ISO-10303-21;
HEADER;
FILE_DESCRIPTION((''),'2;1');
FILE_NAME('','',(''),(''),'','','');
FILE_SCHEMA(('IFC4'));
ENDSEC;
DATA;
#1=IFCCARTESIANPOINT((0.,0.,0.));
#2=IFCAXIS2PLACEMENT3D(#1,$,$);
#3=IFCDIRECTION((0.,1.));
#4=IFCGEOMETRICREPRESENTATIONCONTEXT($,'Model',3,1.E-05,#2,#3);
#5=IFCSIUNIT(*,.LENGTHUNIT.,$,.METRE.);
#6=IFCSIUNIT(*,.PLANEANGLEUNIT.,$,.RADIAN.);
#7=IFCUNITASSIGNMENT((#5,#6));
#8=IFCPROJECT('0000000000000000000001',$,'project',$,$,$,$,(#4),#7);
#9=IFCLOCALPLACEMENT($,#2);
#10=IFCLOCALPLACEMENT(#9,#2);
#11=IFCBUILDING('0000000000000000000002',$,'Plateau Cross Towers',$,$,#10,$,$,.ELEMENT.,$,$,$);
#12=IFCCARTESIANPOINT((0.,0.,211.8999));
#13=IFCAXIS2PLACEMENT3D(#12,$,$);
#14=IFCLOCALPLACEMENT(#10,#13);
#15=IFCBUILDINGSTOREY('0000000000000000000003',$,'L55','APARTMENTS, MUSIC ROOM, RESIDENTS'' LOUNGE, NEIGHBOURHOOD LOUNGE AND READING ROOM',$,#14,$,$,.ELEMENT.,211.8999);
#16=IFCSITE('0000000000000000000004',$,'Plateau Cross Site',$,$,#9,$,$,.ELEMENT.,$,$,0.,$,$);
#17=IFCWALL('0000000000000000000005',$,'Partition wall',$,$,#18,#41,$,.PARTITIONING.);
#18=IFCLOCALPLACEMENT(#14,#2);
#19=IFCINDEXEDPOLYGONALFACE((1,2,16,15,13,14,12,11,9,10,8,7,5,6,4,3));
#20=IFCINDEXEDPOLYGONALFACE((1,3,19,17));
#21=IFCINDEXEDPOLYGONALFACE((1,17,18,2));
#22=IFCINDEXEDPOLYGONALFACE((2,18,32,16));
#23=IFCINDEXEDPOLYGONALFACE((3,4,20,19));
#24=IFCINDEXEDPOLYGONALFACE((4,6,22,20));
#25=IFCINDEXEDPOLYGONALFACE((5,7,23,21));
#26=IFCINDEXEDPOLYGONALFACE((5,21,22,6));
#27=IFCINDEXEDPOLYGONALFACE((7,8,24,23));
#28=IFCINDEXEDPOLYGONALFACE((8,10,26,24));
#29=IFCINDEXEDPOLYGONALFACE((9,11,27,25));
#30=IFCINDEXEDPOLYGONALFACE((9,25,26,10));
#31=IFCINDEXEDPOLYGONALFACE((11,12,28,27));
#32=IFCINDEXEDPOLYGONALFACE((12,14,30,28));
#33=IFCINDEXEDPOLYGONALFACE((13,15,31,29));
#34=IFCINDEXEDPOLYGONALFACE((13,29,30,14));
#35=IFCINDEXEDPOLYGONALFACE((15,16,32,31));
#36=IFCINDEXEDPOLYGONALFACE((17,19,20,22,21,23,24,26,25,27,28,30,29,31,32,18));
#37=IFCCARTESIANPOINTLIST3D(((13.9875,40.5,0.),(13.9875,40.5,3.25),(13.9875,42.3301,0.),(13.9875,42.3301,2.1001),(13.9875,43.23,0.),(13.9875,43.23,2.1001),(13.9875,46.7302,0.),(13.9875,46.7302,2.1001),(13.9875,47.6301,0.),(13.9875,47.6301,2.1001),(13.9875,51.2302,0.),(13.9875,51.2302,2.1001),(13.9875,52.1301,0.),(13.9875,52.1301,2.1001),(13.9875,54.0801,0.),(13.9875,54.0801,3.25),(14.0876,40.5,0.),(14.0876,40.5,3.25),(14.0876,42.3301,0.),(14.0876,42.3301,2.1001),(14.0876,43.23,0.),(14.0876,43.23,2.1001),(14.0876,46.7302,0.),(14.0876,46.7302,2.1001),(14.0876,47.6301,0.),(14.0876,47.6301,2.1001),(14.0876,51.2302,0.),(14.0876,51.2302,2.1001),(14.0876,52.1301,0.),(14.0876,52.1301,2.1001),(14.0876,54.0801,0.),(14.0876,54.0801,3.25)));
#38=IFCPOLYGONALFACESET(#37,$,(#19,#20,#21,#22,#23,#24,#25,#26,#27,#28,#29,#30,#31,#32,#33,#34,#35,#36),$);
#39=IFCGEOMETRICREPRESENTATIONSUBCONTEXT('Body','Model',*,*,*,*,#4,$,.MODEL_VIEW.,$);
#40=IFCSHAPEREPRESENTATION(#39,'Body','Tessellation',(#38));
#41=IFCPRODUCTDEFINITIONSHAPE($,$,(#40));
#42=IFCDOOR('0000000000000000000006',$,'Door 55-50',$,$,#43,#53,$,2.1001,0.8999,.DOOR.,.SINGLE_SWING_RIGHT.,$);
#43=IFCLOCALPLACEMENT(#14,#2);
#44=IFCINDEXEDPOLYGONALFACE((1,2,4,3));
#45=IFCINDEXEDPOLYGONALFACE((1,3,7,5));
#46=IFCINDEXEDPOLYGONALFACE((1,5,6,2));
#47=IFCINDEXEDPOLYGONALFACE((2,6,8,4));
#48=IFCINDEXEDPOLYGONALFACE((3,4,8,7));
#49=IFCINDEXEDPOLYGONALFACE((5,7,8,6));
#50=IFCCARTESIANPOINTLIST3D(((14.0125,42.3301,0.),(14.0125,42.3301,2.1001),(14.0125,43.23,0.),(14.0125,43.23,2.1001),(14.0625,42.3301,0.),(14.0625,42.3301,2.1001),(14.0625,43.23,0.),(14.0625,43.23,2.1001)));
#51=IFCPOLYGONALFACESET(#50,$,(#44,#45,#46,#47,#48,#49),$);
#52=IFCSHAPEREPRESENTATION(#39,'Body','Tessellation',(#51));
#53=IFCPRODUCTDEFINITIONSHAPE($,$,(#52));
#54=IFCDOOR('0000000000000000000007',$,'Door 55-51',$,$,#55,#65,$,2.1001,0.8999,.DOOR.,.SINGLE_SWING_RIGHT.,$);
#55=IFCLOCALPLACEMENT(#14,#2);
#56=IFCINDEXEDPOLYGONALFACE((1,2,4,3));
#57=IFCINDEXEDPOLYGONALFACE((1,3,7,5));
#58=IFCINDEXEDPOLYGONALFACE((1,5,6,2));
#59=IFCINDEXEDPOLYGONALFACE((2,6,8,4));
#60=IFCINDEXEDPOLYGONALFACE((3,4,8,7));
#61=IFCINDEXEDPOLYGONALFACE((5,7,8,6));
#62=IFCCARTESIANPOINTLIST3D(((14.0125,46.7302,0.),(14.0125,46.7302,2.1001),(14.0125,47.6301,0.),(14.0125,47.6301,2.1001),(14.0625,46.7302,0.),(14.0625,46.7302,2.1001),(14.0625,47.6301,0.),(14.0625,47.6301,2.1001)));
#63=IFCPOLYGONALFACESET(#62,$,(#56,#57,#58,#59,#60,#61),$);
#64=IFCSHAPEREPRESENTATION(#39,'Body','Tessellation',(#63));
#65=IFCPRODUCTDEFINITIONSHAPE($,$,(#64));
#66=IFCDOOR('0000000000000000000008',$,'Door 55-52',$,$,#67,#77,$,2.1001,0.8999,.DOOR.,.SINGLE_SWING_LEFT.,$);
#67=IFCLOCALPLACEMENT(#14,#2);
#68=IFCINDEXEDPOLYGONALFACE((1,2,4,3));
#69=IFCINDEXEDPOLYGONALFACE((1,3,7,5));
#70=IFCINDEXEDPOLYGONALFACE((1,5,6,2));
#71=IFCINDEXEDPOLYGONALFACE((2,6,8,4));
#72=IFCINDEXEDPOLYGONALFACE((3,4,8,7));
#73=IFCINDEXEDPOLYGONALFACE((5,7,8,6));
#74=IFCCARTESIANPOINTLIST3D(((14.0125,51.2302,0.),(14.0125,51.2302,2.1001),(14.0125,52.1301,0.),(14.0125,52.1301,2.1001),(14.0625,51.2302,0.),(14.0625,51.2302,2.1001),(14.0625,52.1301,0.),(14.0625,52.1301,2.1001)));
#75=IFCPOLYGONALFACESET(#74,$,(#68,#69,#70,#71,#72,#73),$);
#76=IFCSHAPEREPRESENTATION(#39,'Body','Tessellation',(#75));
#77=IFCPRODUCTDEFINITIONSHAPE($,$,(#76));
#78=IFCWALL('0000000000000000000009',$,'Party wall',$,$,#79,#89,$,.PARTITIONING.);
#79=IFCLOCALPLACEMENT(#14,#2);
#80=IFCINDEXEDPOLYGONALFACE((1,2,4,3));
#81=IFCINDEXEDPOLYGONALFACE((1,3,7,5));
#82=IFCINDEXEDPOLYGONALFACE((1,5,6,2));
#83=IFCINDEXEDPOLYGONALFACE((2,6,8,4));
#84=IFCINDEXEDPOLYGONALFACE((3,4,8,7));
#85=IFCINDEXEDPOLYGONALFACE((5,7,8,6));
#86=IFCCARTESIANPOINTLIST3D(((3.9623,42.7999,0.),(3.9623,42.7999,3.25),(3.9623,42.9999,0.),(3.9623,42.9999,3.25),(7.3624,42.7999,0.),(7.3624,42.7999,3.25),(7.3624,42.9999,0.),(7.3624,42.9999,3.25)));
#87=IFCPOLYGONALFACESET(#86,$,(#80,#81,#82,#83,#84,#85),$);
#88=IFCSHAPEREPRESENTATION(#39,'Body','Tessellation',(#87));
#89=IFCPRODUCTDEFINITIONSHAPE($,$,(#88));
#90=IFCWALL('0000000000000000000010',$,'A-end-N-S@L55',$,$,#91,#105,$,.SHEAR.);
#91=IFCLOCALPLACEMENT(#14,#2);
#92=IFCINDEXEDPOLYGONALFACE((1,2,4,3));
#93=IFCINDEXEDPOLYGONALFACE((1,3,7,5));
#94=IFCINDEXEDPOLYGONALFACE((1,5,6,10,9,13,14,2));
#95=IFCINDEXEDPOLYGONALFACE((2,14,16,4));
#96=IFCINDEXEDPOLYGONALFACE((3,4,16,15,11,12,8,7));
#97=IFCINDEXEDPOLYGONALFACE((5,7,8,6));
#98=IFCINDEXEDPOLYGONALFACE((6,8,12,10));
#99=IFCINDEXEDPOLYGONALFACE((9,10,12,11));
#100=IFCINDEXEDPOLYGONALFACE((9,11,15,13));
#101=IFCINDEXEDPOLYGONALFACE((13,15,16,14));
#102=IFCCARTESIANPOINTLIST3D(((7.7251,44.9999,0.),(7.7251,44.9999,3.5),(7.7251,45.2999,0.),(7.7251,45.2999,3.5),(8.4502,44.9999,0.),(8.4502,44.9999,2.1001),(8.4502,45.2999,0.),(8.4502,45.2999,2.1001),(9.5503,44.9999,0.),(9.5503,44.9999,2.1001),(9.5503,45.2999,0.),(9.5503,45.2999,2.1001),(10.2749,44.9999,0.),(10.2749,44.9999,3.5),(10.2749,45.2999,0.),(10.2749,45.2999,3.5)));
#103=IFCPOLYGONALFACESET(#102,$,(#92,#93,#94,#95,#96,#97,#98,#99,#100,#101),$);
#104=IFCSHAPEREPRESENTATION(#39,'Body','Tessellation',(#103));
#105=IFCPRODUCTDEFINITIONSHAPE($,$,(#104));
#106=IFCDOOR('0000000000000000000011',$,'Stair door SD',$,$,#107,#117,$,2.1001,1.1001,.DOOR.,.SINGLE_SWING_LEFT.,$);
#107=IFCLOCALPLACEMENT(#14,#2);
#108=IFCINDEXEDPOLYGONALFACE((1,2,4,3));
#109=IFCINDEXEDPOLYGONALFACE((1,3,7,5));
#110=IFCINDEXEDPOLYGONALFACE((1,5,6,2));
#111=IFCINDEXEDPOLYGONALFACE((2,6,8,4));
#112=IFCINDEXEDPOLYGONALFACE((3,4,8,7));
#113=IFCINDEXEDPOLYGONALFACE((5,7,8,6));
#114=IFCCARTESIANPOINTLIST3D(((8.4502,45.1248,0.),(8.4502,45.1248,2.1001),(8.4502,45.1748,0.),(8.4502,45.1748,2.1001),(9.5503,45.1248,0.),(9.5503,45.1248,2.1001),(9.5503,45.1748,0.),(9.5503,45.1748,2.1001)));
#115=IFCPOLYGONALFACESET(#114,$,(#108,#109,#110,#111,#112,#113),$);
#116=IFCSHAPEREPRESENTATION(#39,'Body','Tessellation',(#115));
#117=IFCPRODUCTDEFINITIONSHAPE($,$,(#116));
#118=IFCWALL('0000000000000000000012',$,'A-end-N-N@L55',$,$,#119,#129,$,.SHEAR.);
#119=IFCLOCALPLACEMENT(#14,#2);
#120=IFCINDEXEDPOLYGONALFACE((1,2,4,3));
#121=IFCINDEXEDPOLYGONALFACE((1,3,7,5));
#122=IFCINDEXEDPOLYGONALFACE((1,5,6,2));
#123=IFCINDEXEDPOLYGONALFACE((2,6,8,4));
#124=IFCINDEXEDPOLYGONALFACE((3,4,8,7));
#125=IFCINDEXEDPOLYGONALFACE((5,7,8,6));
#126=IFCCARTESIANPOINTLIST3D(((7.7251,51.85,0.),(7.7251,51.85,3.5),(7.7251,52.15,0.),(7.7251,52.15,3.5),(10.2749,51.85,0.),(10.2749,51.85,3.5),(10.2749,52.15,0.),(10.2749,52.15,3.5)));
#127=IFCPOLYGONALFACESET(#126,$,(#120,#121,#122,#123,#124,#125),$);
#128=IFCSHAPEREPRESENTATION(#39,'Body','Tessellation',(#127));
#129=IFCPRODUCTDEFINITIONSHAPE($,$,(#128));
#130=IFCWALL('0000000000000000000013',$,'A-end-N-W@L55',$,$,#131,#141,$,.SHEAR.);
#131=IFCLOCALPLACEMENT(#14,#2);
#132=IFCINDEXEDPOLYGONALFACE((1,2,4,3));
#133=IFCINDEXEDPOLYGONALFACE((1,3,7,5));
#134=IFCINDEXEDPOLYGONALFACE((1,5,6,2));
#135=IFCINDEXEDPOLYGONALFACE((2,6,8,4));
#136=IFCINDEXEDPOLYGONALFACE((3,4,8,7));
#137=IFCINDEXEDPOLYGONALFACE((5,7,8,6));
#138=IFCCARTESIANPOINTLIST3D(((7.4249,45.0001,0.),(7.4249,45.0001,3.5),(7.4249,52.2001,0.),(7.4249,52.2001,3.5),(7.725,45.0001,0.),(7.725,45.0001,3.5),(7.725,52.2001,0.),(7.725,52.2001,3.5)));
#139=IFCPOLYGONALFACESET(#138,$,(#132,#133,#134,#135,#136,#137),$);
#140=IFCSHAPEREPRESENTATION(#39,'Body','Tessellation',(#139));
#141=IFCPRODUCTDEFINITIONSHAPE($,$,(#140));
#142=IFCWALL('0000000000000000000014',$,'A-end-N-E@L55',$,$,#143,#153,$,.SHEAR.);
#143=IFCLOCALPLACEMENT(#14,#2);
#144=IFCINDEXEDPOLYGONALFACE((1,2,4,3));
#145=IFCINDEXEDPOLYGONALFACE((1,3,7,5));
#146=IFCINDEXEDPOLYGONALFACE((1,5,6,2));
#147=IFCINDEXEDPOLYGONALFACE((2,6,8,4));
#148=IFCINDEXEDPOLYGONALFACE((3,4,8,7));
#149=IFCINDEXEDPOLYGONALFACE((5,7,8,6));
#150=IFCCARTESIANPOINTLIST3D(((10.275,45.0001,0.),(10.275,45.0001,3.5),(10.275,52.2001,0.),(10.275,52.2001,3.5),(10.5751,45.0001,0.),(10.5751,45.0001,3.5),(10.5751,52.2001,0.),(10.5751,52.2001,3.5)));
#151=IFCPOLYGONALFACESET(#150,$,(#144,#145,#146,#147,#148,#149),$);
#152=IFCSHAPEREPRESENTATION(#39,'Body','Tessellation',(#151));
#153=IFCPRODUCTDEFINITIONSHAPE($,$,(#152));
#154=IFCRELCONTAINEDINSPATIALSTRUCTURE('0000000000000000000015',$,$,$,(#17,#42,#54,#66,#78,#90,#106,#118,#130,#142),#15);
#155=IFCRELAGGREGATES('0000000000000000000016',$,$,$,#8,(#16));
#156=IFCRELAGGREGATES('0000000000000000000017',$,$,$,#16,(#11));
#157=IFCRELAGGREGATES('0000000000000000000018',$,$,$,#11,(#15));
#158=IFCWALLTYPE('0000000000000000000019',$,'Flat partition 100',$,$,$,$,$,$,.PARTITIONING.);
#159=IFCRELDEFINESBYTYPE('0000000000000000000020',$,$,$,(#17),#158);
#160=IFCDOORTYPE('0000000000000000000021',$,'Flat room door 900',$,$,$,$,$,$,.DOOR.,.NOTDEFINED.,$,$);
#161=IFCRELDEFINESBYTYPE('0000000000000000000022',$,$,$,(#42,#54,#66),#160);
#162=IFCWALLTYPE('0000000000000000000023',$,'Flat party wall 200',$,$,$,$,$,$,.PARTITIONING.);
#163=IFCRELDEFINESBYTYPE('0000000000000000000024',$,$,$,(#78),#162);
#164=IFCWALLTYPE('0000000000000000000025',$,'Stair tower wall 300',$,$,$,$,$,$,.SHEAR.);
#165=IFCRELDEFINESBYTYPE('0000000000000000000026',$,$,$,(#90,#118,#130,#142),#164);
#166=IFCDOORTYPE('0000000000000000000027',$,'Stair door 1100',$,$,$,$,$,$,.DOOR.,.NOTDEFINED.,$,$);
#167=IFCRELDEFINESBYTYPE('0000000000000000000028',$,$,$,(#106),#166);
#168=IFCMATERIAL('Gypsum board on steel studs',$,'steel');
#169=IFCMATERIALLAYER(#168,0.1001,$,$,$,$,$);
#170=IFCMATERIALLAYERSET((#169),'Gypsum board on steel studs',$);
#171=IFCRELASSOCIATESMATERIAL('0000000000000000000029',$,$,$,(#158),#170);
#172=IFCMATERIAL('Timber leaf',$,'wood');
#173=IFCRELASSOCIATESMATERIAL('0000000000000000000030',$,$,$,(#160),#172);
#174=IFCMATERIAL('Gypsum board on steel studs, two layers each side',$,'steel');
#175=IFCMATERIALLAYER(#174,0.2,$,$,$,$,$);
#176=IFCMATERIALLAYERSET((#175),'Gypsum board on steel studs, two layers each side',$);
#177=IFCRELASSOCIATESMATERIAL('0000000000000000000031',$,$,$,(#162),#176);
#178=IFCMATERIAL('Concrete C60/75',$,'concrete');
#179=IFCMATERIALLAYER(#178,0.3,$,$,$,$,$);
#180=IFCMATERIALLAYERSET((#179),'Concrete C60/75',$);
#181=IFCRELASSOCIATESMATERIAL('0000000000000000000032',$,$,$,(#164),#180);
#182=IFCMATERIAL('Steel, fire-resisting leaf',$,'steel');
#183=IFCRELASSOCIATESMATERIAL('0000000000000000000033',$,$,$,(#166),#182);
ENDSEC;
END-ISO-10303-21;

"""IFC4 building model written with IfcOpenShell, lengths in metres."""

from ifc_helpers import new_model, si_unit, direction, frame, frame_2d, origin, place, context, subcontext, project, spatial, rectangle, extrude, material, layer, layer_set, type_object, element, fill, save


model = new_model("IFC4")

# Units and contexts
model_context = context("Model", 3, precision=1e-05, world=origin(), true_north=direction((0.0, 1.0)))
body_context = subcontext(model_context, "Body", "Model", "MODEL_VIEW")
ifc_project = project(units=[si_unit("LENGTHUNIT", "METRE"), si_unit("PLANEANGLEUNIT", "RADIAN")], contexts=[model_context])

# Site, building, storey
site_placement = place(None, origin())
site = spatial("IfcSite", under=ifc_project, at=site_placement, Name="Plateau Cross Site", CompositionType="ELEMENT", RefElevation=0.0)
building_placement = place(site_placement, origin())
building = spatial("IfcBuilding", under=site, at=building_placement, Name="Plateau Cross Towers", CompositionType="ELEMENT")
storey_placement = place(building_placement, frame((0.0, 0.0, 211.8999)))
storey = spatial("IfcBuildingStorey", under=building, at=storey_placement, Name="L55", Description="APARTMENTS, MUSIC ROOM, RESIDENTS' LOUNGE, NEIGHBOURHOOD LOUNGE AND READING ROOM", CompositionType="ELEMENT", Elevation=211.8999)

# Shared definitions
ifc_material_1 = material(Name="Gypsum board on steel studs", Category="steel")
ifc_layer_1 = layer(ifc_material_1, 0.1001)
ifc_layer_set_1 = layer_set([ifc_layer_1], Name="Gypsum board on steel studs")
wall_type_1 = type_object("IfcWallType", Name="Flat partition 100", PredefinedType="PARTITIONING", material=ifc_layer_set_1)
ifc_material_2 = material(Name="Timber leaf", Category="wood")
door_type_1 = type_object("IfcDoorType", Name="Flat room door 900", OperationType="NOTDEFINED", PredefinedType="DOOR", material=ifc_material_2)

# Wall, openings, doors
wall_1_placement = place(storey_placement, frame((14.0376, 54.0801, 0.0), z_axis=(0.0, 0.0, 1.0), x_axis=(0.0, -1.0, 0.0)))
wall_1 = element("IfcWall", 1, at=wall_1_placement, inside=storey, type_object=wall_type_1, Name="Partition wall", PredefinedType="PARTITIONING", context=body_context, shape_type="SweptSolid", body=[
    extrude(rectangle(XDim=13.5801, YDim=0.1001, at=frame_2d((6.79, 0.0))), origin(), (0.0, 0.0, 1.0), 3.25),
])
opening_1_placement = place(wall_1_placement, frame((10.8501, 0.0, 0.0)))
opening_1 = element("IfcOpeningElement", 2, at=opening_1_placement, cuts=wall_1, PredefinedType="OPENING", context=body_context, shape_type="SweptSolid", body=[
    extrude(rectangle(XDim=0.8999, YDim=2.1001, at=frame_2d((0.45, 1.05))), frame((0.0, 0.0601, 0.0), z_axis=(0.0, -1.0, 0.0), x_axis=(1.0, 0.0, 0.0)), (0.0, 0.0, 1.0), 0.1201),
])
opening_2_placement = place(wall_1_placement, frame((6.45, 0.0, 0.0)))
opening_2 = element("IfcOpeningElement", 3, at=opening_2_placement, cuts=wall_1, PredefinedType="OPENING", context=body_context, shape_type="SweptSolid", body=[
    extrude(rectangle(XDim=0.8999, YDim=2.1001, at=frame_2d((0.45, 1.05))), frame((0.0, 0.0601, 0.0), z_axis=(0.0, -1.0, 0.0), x_axis=(1.0, 0.0, 0.0)), (0.0, 0.0, 1.0), 0.1201),
])
opening_3_placement = place(wall_1_placement, frame((1.95, 0.0, 0.0)))
opening_3 = element("IfcOpeningElement", 4, at=opening_3_placement, cuts=wall_1, PredefinedType="OPENING", context=body_context, shape_type="SweptSolid", body=[
    extrude(rectangle(XDim=0.8999, YDim=2.1001, at=frame_2d((0.45, 1.05))), frame((0.0, 0.0601, 0.0), z_axis=(0.0, -1.0, 0.0), x_axis=(1.0, 0.0, 0.0)), (0.0, 0.0, 1.0), 0.1201),
])
door_1_placement = place(opening_1_placement, origin())
door_1 = element("IfcDoor", 5, at=door_1_placement, inside=storey, type_object=door_type_1, Name="Door 55-50", OperationType="SINGLE_SWING_RIGHT", OverallHeight=2.1001, OverallWidth=0.8999, PredefinedType="DOOR", context=body_context, shape_type="SweptSolid", body=[
    extrude(rectangle(XDim=0.8999, YDim=2.1001, at=frame_2d((0.45, 1.05))), frame((0.0, 0.0249, 0.0), z_axis=(0.0, -1.0, 0.0), x_axis=(1.0, 0.0, 0.0)), (0.0, 0.0, 1.0), 0.05),
])
fill(opening_1, door_1)
door_2_placement = place(opening_2_placement, origin())
door_2 = element("IfcDoor", 6, at=door_2_placement, inside=storey, type_object=door_type_1, Name="Door 55-51", OperationType="SINGLE_SWING_RIGHT", OverallHeight=2.1001, OverallWidth=0.8999, PredefinedType="DOOR", context=body_context, shape_type="SweptSolid", body=[
    extrude(rectangle(XDim=0.8999, YDim=2.1001, at=frame_2d((0.45, 1.05))), frame((0.0, 0.0249, 0.0), z_axis=(0.0, -1.0, 0.0), x_axis=(1.0, 0.0, 0.0)), (0.0, 0.0, 1.0), 0.05),
])
fill(opening_2, door_2)
door_3_placement = place(opening_3_placement, origin())
door_3 = element("IfcDoor", 7, at=door_3_placement, inside=storey, type_object=door_type_1, Name="Door 55-52", OperationType="SINGLE_SWING_LEFT", OverallHeight=2.1001, OverallWidth=0.8999, PredefinedType="DOOR", context=body_context, shape_type="SweptSolid", body=[
    extrude(rectangle(XDim=0.8999, YDim=2.1001, at=frame_2d((0.45, 1.05))), frame((0.0, 0.0249, 0.0), z_axis=(0.0, -1.0, 0.0), x_axis=(1.0, 0.0, 0.0)), (0.0, 0.0, 1.0), 0.05),
])
fill(opening_3, door_3)

# Wall
ifc_material_3 = material(Name="Gypsum board on steel studs, two layers each side", Category="steel")
ifc_layer_2 = layer(ifc_material_3, 0.2)
ifc_layer_set_2 = layer_set([ifc_layer_2], Name="Gypsum board on steel studs, two layers each side")
wall_type_2 = type_object("IfcWallType", Name="Flat party wall 200", PredefinedType="PARTITIONING", material=ifc_layer_set_2)
wall_2_placement = place(storey_placement, frame((7.3625, 42.8999, 0.0), z_axis=(0.0, 0.0, 1.0), x_axis=(-1.0, 0.0, 0.0)))
element("IfcWall", 8, at=wall_2_placement, inside=storey, type_object=wall_type_2, Name="Party wall", PredefinedType="PARTITIONING", context=body_context, shape_type="SweptSolid", body=[
    extrude(rectangle(XDim=3.4001, YDim=0.2, at=frame_2d((1.7002, 0.0))), origin(), (0.0, 0.0, 1.0), 3.25),
])

# Wall, opening, door
ifc_material_4 = material(Name="Concrete C60/75", Category="concrete")
ifc_layer_3 = layer(ifc_material_4, 0.3)
ifc_layer_set_3 = layer_set([ifc_layer_3], Name="Concrete C60/75")
wall_type_3 = type_object("IfcWallType", Name="Stair tower wall 300", PredefinedType="SHEAR", material=ifc_layer_set_3)
wall_3_placement = place(storey_placement, frame((7.7251, 45.1499, 0.0), z_axis=(0.0, 0.0, 1.0), x_axis=(1.0, 0.0, 0.0)))
wall_3 = element("IfcWall", 9, at=wall_3_placement, inside=storey, type_object=wall_type_3, Name="A-end-N-S@L55", PredefinedType="SHEAR", context=body_context, shape_type="SweptSolid", body=[
    extrude(rectangle(XDim=2.5498, YDim=0.3, at=frame_2d((1.2749, 0.0))), origin(), (0.0, 0.0, 1.0), 3.5),
])
opening_4_placement = place(wall_3_placement, frame((0.7251, 0.0, 0.0)))
opening_4 = element("IfcOpeningElement", 10, at=opening_4_placement, cuts=wall_3, PredefinedType="OPENING", context=body_context, shape_type="SweptSolid", body=[
    extrude(rectangle(XDim=1.1001, YDim=2.1001, at=frame_2d((0.55, 1.05))), frame((0.0, 0.1599, 0.0), z_axis=(0.0, -1.0, 0.0), x_axis=(1.0, 0.0, 0.0)), (0.0, 0.0, 1.0), 0.3201),
])
ifc_material_5 = material(Name="Steel, fire-resisting leaf", Category="steel")
door_type_2 = type_object("IfcDoorType", Name="Stair door 1100", OperationType="NOTDEFINED", PredefinedType="DOOR", material=ifc_material_5)
door_4_placement = place(opening_4_placement, origin())
door_4 = element("IfcDoor", 11, at=door_4_placement, inside=storey, type_object=door_type_2, Name="Stair door SD", OperationType="SINGLE_SWING_LEFT", OverallHeight=2.1001, OverallWidth=1.1001, PredefinedType="DOOR", context=body_context, shape_type="SweptSolid", body=[
    extrude(rectangle(XDim=1.1001, YDim=2.1001, at=frame_2d((0.55, 1.05))), frame((0.0, 0.0249, 0.0), z_axis=(0.0, -1.0, 0.0), x_axis=(1.0, 0.0, 0.0)), (0.0, 0.0, 1.0), 0.05),
])
fill(opening_4, door_4)

# Walls
wall_4_placement = place(storey_placement, frame((7.7251, 52.0, 0.0), z_axis=(0.0, 0.0, 1.0), x_axis=(1.0, 0.0, 0.0)))
element("IfcWall", 12, at=wall_4_placement, inside=storey, type_object=wall_type_3, Name="A-end-N-N@L55", PredefinedType="SHEAR", context=body_context, shape_type="SweptSolid", body=[
    extrude(rectangle(XDim=2.5498, YDim=0.3, at=frame_2d((1.2749, 0.0))), origin(), (0.0, 0.0, 1.0), 3.5),
])
for number, where, z_axis, x_axis, name in (
    (13, (7.575, 45.0, 0.0), (0.0, 0.0, 1.0), (0.0, 1.0, 0.0), "A-end-N-W@L55"),
    (14, (10.425, 45.0, 0.0), (0.0, 0.0, 1.0), (0.0, 1.0, 0.0), "A-end-N-E@L55"),
):
    element("IfcWall", number, at=place(storey_placement, frame(where, z_axis=z_axis, x_axis=x_axis)), inside=storey, type_object=wall_type_3, Name=name, PredefinedType="SHEAR", context=body_context, shape_type="SweptSolid", body=[
        extrude(rectangle(XDim=7.2, YDim=0.3, at=frame_2d((3.6001, 0.0))), origin(), (0.0, 0.0, 1.0), 3.5),
    ])

save(model, "model.ifc")
